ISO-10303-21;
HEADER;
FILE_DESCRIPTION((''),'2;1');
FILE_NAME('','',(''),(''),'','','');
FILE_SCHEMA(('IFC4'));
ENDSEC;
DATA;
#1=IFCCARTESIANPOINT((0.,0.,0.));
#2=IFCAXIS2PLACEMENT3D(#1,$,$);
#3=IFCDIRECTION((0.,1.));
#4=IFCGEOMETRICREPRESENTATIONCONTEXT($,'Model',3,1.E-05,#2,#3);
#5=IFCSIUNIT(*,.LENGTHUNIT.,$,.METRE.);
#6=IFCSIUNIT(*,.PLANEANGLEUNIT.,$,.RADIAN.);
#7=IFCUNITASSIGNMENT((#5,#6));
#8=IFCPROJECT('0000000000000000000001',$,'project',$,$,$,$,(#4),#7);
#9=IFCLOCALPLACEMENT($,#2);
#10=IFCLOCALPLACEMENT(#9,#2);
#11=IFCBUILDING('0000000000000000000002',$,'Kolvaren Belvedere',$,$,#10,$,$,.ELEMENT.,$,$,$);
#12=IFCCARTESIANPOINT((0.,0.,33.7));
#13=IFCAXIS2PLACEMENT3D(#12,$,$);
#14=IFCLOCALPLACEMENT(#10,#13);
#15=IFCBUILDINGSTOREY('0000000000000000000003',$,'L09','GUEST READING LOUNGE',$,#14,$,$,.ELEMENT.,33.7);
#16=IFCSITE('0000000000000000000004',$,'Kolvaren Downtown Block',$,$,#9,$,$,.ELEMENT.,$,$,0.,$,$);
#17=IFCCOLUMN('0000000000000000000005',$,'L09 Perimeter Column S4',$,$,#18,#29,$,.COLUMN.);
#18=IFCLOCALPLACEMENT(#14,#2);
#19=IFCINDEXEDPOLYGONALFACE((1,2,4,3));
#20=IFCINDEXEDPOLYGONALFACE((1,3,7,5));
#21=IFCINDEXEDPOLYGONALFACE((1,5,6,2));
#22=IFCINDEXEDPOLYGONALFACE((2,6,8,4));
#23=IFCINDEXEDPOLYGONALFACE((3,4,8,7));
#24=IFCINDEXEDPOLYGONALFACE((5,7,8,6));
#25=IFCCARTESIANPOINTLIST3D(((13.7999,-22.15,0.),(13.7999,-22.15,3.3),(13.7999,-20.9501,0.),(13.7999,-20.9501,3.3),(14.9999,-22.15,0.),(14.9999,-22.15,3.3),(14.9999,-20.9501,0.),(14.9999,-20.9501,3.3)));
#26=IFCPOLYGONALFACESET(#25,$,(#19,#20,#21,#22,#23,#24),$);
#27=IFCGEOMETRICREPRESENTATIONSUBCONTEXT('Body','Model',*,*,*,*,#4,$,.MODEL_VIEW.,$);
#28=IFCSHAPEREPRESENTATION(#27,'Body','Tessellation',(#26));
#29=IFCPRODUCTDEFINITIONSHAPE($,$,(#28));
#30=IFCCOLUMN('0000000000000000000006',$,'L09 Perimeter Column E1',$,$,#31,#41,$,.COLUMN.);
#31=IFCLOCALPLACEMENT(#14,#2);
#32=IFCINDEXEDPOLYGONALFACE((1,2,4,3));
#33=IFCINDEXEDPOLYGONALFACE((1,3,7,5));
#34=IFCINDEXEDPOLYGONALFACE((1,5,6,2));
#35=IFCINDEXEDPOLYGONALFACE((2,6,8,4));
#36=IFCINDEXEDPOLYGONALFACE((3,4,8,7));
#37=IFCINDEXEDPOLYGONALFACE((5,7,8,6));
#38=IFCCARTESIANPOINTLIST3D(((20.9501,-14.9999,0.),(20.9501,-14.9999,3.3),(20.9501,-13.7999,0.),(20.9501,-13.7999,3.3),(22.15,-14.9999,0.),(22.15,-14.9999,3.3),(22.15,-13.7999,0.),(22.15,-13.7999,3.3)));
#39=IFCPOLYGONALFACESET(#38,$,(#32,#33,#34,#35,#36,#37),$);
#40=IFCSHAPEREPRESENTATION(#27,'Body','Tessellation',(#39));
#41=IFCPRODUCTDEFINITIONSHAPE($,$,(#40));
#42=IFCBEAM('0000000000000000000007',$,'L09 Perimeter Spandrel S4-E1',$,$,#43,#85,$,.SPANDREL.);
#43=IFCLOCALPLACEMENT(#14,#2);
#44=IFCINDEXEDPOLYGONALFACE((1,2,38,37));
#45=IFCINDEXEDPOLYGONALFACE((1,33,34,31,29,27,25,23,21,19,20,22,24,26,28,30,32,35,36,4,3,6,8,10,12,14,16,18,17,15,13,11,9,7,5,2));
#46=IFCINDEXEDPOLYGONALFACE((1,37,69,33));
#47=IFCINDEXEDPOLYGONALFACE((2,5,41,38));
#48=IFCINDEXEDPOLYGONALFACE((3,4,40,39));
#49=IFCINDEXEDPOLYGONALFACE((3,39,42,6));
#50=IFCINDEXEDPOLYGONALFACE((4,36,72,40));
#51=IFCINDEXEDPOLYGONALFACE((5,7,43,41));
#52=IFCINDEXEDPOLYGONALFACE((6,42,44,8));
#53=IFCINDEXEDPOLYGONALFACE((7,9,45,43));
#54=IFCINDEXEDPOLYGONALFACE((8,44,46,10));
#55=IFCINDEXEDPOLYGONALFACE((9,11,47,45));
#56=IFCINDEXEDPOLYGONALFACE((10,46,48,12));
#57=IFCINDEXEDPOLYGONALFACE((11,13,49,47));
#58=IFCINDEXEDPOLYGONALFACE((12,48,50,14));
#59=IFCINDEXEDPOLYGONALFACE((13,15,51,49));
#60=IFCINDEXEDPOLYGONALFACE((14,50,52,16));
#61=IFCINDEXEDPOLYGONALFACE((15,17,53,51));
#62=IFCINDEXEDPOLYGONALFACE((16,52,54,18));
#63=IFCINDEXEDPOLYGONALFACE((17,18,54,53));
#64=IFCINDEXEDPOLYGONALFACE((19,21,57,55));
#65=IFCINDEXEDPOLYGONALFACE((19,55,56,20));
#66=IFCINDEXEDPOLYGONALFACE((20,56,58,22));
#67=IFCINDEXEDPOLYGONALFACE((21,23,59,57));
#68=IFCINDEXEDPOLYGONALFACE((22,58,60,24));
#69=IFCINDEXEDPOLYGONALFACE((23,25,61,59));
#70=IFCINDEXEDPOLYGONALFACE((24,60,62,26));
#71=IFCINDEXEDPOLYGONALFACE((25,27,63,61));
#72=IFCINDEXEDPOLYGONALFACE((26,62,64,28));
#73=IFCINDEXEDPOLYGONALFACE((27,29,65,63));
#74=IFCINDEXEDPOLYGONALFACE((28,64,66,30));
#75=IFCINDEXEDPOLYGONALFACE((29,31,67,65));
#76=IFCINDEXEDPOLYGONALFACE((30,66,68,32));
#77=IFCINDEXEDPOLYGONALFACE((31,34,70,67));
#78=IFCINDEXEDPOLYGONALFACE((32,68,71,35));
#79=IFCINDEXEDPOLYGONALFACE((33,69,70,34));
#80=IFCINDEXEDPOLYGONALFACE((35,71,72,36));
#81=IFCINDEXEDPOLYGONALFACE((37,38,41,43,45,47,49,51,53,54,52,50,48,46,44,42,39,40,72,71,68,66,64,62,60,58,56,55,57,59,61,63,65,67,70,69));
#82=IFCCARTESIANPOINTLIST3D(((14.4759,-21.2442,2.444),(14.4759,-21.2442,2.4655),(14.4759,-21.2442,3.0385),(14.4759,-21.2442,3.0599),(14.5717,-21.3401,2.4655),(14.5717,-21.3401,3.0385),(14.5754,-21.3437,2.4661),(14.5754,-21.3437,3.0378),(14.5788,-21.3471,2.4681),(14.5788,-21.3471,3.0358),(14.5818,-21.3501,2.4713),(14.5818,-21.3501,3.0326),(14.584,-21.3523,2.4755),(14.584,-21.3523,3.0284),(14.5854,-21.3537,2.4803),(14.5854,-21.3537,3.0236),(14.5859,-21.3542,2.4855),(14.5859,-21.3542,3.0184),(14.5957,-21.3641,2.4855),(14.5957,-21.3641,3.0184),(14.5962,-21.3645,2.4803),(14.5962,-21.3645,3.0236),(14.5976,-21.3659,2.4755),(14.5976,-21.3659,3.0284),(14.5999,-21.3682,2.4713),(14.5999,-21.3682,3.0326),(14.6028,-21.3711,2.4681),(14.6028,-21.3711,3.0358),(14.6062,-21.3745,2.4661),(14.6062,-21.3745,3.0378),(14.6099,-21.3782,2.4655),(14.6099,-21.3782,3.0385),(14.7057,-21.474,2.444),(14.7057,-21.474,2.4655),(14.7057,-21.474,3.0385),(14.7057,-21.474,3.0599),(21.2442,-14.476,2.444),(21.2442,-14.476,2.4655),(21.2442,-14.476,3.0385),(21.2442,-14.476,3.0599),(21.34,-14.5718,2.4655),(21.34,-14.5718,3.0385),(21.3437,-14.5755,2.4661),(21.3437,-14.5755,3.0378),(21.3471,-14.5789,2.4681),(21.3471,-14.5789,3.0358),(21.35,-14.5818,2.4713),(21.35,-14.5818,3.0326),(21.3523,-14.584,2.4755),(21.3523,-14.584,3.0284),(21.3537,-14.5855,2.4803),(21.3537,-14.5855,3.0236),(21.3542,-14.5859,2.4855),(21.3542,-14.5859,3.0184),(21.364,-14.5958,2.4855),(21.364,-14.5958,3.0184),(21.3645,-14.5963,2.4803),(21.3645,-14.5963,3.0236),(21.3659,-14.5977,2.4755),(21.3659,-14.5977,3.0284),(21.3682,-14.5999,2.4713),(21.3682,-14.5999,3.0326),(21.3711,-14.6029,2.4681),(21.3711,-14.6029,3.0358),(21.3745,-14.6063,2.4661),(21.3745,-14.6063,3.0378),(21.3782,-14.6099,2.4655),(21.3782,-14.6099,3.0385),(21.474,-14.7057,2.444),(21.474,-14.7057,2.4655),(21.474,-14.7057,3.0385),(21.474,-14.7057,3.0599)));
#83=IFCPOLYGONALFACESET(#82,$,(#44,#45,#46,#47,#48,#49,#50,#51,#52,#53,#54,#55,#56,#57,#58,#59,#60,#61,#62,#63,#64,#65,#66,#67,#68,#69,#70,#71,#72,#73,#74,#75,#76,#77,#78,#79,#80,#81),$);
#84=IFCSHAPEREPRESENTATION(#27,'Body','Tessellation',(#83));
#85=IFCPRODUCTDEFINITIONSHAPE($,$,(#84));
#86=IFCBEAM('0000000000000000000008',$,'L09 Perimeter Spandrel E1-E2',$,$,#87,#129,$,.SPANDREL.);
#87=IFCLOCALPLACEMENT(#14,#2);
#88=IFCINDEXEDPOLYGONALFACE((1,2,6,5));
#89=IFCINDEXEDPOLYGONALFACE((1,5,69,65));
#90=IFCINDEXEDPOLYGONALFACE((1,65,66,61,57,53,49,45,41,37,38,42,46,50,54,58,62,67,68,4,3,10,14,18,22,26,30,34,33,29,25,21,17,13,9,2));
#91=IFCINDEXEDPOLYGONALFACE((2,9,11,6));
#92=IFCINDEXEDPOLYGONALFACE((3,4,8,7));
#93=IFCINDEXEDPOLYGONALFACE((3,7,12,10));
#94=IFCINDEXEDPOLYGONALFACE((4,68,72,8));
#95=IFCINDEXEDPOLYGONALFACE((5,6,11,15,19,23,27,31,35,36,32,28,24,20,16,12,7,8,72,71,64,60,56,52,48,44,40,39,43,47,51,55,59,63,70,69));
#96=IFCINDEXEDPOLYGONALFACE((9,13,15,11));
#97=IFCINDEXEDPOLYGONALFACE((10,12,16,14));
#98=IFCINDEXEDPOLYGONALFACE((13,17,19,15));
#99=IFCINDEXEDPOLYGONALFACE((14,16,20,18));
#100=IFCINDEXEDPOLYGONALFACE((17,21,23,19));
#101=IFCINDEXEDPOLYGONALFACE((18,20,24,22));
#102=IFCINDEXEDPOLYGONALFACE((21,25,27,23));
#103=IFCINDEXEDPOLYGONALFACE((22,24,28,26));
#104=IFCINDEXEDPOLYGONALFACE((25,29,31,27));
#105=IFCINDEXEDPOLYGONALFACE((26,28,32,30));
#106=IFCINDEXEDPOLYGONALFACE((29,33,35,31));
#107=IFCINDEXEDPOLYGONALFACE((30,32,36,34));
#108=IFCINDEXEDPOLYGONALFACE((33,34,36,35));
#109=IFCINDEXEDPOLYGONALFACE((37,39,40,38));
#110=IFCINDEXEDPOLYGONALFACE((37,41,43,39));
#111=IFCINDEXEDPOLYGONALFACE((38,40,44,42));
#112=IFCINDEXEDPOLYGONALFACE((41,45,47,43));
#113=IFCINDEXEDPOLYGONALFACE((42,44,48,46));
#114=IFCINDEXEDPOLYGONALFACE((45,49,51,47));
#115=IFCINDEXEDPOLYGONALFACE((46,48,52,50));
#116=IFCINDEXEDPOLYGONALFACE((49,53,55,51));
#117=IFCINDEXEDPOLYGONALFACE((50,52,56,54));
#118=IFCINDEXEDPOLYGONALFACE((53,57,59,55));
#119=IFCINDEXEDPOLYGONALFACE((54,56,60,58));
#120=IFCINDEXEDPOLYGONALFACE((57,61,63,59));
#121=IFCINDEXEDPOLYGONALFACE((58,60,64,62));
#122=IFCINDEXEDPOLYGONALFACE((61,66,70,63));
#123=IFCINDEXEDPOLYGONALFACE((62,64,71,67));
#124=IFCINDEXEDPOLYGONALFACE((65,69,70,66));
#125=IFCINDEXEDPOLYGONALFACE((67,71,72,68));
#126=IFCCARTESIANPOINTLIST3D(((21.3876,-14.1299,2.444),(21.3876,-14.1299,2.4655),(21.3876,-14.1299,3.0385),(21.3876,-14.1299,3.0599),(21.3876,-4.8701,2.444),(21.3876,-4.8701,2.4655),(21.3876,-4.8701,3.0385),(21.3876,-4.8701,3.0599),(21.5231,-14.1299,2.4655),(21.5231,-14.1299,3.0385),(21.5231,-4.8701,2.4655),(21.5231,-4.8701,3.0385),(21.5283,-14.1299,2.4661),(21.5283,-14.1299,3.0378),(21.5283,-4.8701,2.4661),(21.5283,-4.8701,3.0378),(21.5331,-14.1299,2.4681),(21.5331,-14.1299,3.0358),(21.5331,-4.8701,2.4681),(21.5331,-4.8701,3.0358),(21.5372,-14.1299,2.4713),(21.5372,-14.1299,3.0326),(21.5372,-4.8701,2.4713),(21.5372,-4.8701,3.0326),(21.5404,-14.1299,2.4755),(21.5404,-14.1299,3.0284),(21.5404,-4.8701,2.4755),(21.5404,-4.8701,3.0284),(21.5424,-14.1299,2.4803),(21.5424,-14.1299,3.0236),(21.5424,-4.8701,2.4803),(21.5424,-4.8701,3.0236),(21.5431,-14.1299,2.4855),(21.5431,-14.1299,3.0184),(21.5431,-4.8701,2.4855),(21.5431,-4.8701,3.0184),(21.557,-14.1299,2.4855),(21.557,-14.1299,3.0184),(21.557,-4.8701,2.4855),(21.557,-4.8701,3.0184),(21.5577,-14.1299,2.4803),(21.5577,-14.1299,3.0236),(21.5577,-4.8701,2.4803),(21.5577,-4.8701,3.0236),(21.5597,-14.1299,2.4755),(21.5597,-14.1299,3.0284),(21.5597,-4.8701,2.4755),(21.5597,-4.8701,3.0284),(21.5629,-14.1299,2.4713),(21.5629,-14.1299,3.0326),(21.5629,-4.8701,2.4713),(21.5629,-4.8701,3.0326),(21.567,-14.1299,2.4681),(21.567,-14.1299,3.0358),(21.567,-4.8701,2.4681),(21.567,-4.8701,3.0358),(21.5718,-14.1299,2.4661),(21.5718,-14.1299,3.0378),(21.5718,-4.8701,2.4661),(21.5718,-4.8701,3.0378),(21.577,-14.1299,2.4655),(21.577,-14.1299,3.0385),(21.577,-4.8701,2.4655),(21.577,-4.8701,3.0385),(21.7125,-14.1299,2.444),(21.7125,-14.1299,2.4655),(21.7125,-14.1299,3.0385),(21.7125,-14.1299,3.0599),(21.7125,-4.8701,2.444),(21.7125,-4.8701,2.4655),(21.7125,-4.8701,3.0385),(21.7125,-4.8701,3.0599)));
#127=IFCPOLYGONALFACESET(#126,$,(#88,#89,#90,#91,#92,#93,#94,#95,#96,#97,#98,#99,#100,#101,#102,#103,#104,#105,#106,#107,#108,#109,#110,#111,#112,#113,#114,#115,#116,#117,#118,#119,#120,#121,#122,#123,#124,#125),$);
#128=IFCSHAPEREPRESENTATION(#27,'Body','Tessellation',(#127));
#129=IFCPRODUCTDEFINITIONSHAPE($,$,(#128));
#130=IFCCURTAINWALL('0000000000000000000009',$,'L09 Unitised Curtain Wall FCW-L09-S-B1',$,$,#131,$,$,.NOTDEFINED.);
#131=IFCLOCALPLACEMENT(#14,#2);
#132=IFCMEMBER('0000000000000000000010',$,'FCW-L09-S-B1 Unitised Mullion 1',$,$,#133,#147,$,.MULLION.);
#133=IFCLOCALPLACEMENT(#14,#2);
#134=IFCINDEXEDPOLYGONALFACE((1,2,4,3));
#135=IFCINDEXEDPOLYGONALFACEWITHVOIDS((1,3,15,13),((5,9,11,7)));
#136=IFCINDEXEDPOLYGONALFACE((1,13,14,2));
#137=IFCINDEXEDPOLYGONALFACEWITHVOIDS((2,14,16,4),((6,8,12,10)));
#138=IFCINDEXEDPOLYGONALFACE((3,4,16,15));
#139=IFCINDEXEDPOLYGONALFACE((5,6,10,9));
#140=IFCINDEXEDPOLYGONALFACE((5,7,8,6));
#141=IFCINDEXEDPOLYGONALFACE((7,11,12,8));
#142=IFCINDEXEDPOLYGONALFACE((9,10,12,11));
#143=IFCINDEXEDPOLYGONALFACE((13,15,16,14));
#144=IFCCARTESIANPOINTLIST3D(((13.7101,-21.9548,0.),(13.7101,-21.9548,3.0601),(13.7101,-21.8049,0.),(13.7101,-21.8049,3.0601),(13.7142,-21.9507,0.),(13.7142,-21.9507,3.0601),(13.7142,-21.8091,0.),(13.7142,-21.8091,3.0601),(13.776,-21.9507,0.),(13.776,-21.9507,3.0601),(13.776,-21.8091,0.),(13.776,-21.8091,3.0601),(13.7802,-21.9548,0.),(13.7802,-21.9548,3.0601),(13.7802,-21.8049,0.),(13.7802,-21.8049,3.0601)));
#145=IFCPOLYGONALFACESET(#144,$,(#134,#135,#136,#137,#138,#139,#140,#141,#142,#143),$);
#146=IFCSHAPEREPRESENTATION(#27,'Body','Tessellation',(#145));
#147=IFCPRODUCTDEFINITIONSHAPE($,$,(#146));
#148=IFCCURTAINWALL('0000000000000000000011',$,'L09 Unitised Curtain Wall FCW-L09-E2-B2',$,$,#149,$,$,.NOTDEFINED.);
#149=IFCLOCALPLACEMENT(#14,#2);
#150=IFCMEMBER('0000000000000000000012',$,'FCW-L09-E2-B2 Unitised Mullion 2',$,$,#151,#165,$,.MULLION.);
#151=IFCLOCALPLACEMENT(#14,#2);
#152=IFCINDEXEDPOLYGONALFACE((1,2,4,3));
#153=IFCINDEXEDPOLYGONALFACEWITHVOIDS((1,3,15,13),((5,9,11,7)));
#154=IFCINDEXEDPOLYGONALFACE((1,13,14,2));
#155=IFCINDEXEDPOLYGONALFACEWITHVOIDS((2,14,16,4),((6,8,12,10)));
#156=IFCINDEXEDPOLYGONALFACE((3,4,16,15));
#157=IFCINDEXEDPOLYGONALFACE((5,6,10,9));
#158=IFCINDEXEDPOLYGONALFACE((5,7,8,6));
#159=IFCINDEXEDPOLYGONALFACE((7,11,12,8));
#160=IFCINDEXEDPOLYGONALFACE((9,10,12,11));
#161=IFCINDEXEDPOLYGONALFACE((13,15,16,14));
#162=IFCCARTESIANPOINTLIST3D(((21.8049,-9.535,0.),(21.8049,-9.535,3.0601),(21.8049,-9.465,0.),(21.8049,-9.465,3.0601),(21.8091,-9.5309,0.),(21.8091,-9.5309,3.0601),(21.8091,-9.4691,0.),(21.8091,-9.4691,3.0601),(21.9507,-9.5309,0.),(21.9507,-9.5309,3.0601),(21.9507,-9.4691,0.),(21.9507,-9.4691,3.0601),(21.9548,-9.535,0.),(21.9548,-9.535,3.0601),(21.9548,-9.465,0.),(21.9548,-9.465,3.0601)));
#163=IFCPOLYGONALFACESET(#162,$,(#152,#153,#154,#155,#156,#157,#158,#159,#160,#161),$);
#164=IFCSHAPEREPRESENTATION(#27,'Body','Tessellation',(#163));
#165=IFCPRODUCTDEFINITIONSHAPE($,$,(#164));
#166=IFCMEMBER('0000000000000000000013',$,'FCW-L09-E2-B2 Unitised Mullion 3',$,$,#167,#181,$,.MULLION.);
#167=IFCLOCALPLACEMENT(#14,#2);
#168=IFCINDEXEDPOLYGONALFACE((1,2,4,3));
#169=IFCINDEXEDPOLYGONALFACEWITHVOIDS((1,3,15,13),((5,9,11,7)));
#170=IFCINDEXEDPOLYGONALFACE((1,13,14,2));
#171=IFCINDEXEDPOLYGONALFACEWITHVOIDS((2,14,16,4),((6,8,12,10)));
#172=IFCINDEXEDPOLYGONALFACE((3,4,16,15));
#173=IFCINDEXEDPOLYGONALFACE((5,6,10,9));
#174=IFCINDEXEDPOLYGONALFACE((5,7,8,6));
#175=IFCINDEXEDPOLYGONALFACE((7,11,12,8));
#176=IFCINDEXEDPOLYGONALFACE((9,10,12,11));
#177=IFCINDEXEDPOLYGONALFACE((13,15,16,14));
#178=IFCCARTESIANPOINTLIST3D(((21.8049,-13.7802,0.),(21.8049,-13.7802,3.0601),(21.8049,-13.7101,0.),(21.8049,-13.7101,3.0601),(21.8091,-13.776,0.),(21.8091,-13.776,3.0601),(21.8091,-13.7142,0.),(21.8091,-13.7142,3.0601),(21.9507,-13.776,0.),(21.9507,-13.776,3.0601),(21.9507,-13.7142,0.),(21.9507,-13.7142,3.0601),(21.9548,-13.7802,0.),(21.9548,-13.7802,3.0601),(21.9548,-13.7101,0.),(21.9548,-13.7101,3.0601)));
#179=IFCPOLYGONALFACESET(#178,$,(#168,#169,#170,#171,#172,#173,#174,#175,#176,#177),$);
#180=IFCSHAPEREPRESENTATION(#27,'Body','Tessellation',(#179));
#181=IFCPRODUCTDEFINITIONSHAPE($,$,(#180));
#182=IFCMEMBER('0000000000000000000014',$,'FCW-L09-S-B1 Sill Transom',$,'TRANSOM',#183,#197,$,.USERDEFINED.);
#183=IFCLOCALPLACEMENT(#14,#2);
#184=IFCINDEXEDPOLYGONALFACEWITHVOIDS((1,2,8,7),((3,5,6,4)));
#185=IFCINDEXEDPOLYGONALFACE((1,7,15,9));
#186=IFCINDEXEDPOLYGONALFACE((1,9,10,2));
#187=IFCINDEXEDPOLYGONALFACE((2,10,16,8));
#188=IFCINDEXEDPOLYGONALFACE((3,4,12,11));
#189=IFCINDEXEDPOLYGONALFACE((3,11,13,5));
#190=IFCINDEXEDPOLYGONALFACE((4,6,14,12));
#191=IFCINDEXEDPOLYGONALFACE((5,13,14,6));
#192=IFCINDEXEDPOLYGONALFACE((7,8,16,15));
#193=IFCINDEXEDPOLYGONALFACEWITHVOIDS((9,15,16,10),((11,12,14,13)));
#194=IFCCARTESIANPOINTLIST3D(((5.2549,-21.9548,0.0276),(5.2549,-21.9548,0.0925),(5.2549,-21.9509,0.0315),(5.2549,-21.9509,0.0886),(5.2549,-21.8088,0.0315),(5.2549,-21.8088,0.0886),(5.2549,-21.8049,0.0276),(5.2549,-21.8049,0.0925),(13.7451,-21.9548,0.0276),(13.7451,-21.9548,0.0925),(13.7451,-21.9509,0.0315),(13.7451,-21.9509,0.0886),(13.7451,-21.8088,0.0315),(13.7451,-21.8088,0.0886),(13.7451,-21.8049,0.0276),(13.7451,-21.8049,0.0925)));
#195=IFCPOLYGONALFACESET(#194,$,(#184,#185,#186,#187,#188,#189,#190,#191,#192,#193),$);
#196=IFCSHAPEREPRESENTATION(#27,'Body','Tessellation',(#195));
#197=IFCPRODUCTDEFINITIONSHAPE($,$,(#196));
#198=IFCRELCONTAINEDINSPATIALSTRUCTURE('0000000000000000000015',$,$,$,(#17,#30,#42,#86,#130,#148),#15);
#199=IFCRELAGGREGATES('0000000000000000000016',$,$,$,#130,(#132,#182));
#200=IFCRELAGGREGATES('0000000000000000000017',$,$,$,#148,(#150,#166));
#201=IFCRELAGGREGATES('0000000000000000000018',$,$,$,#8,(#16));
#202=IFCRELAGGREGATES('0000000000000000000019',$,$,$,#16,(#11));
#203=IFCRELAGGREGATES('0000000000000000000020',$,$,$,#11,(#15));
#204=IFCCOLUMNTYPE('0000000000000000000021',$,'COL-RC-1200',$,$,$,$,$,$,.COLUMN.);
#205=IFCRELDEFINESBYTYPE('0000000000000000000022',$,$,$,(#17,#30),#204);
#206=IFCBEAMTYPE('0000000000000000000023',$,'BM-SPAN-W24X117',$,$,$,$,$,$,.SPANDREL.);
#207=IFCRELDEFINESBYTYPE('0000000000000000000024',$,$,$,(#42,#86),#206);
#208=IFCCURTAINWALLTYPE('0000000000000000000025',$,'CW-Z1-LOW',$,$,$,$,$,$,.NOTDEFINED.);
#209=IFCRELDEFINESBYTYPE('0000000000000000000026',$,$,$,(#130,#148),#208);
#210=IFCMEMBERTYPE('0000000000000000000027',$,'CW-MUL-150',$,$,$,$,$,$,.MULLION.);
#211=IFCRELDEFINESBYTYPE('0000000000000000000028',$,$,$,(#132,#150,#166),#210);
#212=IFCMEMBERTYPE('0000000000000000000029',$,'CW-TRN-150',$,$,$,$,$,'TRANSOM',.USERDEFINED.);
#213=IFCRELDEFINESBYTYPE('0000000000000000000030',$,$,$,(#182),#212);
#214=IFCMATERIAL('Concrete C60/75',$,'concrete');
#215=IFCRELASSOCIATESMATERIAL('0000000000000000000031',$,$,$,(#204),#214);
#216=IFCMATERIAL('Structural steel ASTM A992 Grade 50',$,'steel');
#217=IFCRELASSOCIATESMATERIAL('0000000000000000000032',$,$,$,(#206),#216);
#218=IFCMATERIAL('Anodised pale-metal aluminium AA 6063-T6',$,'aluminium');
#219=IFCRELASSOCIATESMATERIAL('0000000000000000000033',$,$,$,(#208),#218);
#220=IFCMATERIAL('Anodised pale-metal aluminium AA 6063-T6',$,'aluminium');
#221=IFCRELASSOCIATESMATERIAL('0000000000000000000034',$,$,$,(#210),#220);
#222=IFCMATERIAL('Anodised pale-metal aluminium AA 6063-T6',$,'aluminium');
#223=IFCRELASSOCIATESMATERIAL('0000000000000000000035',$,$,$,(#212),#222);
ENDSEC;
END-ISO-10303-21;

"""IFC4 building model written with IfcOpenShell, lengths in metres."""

from ifc_helpers import new_model, si_unit, direction, frame, origin, origin_2d, place, context, subcontext, project, spatial, rectangle, hollow_rectangle, i_section, extrude, material, material_profile, profile_set, type_object, element, aggregate, save


model = new_model("IFC4")

# Units and contexts
model_context = context("Model", 3, precision=1e-05, world=origin(), true_north=direction((0.0, 1.0)))
body_context = subcontext(model_context, "Body", "Model", "MODEL_VIEW")
ifc_project = project(units=[si_unit("LENGTHUNIT", "METRE"), si_unit("PLANEANGLEUNIT", "RADIAN")], contexts=[model_context])

# Site, building, storey
site_placement = place(None, origin())
site = spatial("IfcSite", under=ifc_project, at=site_placement, Name="Kolvaren Downtown Block", CompositionType="ELEMENT", RefElevation=0.0)
building_placement = place(site_placement, origin())
building = spatial("IfcBuilding", under=site, at=building_placement, Name="Kolvaren Belvedere", CompositionType="ELEMENT")
storey_placement = place(building_placement, frame((0.0, 0.0, 33.7)))
storey = spatial("IfcBuildingStorey", under=building, at=storey_placement, Name="L09", Description="GUEST READING LOUNGE", CompositionType="ELEMENT", Elevation=33.7)

# Columns
ifc_material_1 = material(Name="Concrete C60/75", Category="concrete")
ifc_material_profile_1 = material_profile(ifc_material_1, rectangle(XDim=1.2, YDim=1.2, at=origin_2d()), Name="RC 1200X1200")
ifc_profile_set_1 = profile_set([ifc_material_profile_1], Name="Concrete C60/75")
column_type = type_object("IfcColumnType", Name="COL-RC-1200", PredefinedType="COLUMN", material=ifc_profile_set_1)
for number, where, z_axis, x_axis, name in (
    (1, (14.3999, -21.55, 0.0), (0.0, 0.0, 1.0), (1.0, 0.0, 0.0), "L09 Perimeter Column S4"),
    (2, (21.55, -14.3999, 0.0), (0.0, 0.0, 1.0), (1.0, 0.0, 0.0), "L09 Perimeter Column E1"),
):
    element("IfcColumn", number, at=place(storey_placement, frame(where, z_axis=z_axis, x_axis=x_axis)), inside=storey, type_object=column_type, Name=name, PredefinedType="COLUMN", context=body_context, shape_type="SweptSolid", body=[
        extrude(rectangle(XDim=1.2, YDim=1.2, at=origin_2d()), origin(), (0.0, 0.0, 1.0), 3.3),
    ])

# Beams
ifc_material_2 = material(Name="Structural steel ASTM A992 Grade 50", Category="steel")
ifc_material_profile_2 = material_profile(ifc_material_2, i_section(OverallWidth=0.325, OverallDepth=0.616, WebThickness=0.0139, FlangeThickness=0.0215, FilletRadius=0.02, at=origin_2d()), Name="W24X117")
ifc_profile_set_2 = profile_set([ifc_material_profile_2], Name="Structural steel ASTM A992 Grade 50")
beam_type = type_object("IfcBeamType", Name="BM-SPAN-W24X117", PredefinedType="SPANDREL", material=ifc_profile_set_2)
beam_1_placement = place(storey_placement, frame((14.5908, -21.3591, 2.752), z_axis=(0.707107, 0.707107, 0.0), x_axis=(-0.707107, 0.707107, 0.0)))
element("IfcBeam", 3, at=beam_1_placement, inside=storey, type_object=beam_type, Name="L09 Perimeter Spandrel S4-E1", PredefinedType="SPANDREL", context=body_context, shape_type="SweptSolid", body=[
    extrude(i_section(OverallWidth=0.325, OverallDepth=0.616, WebThickness=0.0139, FlangeThickness=0.0215, FilletRadius=0.02, at=origin_2d()), origin(), (0.0, 0.0, 1.0), 9.5718),
])
beam_2_placement = place(storey_placement, frame((21.55, -14.1299, 2.752), z_axis=(0.0, 1.0, 0.0), x_axis=(-1.0, 0.0, 0.0)))
element("IfcBeam", 4, at=beam_2_placement, inside=storey, type_object=beam_type, Name="L09 Perimeter Spandrel E1-E2", PredefinedType="SPANDREL", context=body_context, shape_type="SweptSolid", body=[
    extrude(i_section(OverallWidth=0.325, OverallDepth=0.616, WebThickness=0.0139, FlangeThickness=0.0215, FilletRadius=0.02, at=origin_2d()), origin(), (0.0, 0.0, 1.0), 9.2598),
])

# Curtain wall, member
ifc_material_3 = material(Name="Anodised pale-metal aluminium AA 6063-T6", Category="aluminium")
curtain_wall_type = type_object("IfcCurtainWallType", Name="CW-Z1-LOW", PredefinedType="NOTDEFINED", material=ifc_material_3)
curtain_wall_1_placement = place(storey_placement, origin())
curtain_wall_1 = element("IfcCurtainWall", 5, at=curtain_wall_1_placement, inside=storey, type_object=curtain_wall_type, Name="L09 Unitised Curtain Wall FCW-L09-S-B1", PredefinedType="NOTDEFINED")
ifc_material_4 = material(Name="Anodised pale-metal aluminium AA 6063-T6", Category="aluminium")
ifc_material_profile_3 = material_profile(ifc_material_4, hollow_rectangle(XDim=0.0701, YDim=0.1499, WallThickness=0.0042, at=origin_2d()), Name="ALU-MUL-150X70")
ifc_profile_set_3 = profile_set([ifc_material_profile_3], Name="Anodised pale-metal aluminium AA 6063-T6")
member_type_1 = type_object("IfcMemberType", Name="CW-MUL-150", PredefinedType="MULLION", material=ifc_profile_set_3)
member_1_placement = place(storey_placement, frame((13.7451, -21.8799, 0.0), z_axis=(0.0, 0.0, 1.0), x_axis=(1.0, 0.0, 0.0)))
member_1 = element("IfcMember", 6, at=member_1_placement, type_object=member_type_1, Name="FCW-L09-S-B1 Unitised Mullion 1", PredefinedType="MULLION", context=body_context, shape_type="SweptSolid", body=[
    extrude(hollow_rectangle(XDim=0.0701, YDim=0.1499, WallThickness=0.0042, at=origin_2d()), origin(), (0.0, 0.0, 1.0), 3.0601),
])

# Curtain wall, members
curtain_wall_2_placement = place(storey_placement, origin())
curtain_wall_2 = element("IfcCurtainWall", 7, at=curtain_wall_2_placement, inside=storey, type_object=curtain_wall_type, Name="L09 Unitised Curtain Wall FCW-L09-E2-B2", PredefinedType="NOTDEFINED")
member_2_placement = place(storey_placement, frame((21.8799, -9.5, 0.0), z_axis=(0.0, 0.0, 1.0), x_axis=(0.0, 1.0, 0.0)))
member_2 = element("IfcMember", 8, at=member_2_placement, type_object=member_type_1, Name="FCW-L09-E2-B2 Unitised Mullion 2", PredefinedType="MULLION", context=body_context, shape_type="SweptSolid", body=[
    extrude(hollow_rectangle(XDim=0.0701, YDim=0.1499, WallThickness=0.0042, at=origin_2d()), origin(), (0.0, 0.0, 1.0), 3.0601),
])
member_3_placement = place(storey_placement, frame((21.8799, -13.7451, 0.0), z_axis=(0.0, 0.0, 1.0), x_axis=(0.0, 1.0, 0.0)))
member_3 = element("IfcMember", 9, at=member_3_placement, type_object=member_type_1, Name="FCW-L09-E2-B2 Unitised Mullion 3", PredefinedType="MULLION", context=body_context, shape_type="SweptSolid", body=[
    extrude(hollow_rectangle(XDim=0.0701, YDim=0.1499, WallThickness=0.0042, at=origin_2d()), origin(), (0.0, 0.0, 1.0), 3.0601),
])

# Member
ifc_material_5 = material(Name="Anodised pale-metal aluminium AA 6063-T6", Category="aluminium")
ifc_material_profile_4 = material_profile(ifc_material_5, hollow_rectangle(XDim=0.0649, YDim=0.1499, WallThickness=0.0039, at=origin_2d()), Name="ALU-TRN-150X65")
ifc_profile_set_4 = profile_set([ifc_material_profile_4], Name="Anodised pale-metal aluminium AA 6063-T6")
member_type_2 = type_object("IfcMemberType", Name="CW-TRN-150", ElementType="TRANSOM", PredefinedType="USERDEFINED", material=ifc_profile_set_4)
member_4_placement = place(storey_placement, frame((13.7451, -21.8799, 0.0601), z_axis=(-1.0, 0.0, 0.0), x_axis=(0.0, 0.0, 1.0)))
member_4 = element("IfcMember", 10, at=member_4_placement, type_object=member_type_2, Name="FCW-L09-S-B1 Sill Transom", ObjectType="TRANSOM", PredefinedType="USERDEFINED", context=body_context, shape_type="SweptSolid", body=[
    extrude(hollow_rectangle(XDim=0.0649, YDim=0.1499, WallThickness=0.0039, at=origin_2d()), origin(), (0.0, 0.0, 1.0), 8.4902),
])
aggregate(curtain_wall_1, [member_1, member_4])

aggregate(curtain_wall_2, [member_2, member_3])

save(model, "model.ifc")
